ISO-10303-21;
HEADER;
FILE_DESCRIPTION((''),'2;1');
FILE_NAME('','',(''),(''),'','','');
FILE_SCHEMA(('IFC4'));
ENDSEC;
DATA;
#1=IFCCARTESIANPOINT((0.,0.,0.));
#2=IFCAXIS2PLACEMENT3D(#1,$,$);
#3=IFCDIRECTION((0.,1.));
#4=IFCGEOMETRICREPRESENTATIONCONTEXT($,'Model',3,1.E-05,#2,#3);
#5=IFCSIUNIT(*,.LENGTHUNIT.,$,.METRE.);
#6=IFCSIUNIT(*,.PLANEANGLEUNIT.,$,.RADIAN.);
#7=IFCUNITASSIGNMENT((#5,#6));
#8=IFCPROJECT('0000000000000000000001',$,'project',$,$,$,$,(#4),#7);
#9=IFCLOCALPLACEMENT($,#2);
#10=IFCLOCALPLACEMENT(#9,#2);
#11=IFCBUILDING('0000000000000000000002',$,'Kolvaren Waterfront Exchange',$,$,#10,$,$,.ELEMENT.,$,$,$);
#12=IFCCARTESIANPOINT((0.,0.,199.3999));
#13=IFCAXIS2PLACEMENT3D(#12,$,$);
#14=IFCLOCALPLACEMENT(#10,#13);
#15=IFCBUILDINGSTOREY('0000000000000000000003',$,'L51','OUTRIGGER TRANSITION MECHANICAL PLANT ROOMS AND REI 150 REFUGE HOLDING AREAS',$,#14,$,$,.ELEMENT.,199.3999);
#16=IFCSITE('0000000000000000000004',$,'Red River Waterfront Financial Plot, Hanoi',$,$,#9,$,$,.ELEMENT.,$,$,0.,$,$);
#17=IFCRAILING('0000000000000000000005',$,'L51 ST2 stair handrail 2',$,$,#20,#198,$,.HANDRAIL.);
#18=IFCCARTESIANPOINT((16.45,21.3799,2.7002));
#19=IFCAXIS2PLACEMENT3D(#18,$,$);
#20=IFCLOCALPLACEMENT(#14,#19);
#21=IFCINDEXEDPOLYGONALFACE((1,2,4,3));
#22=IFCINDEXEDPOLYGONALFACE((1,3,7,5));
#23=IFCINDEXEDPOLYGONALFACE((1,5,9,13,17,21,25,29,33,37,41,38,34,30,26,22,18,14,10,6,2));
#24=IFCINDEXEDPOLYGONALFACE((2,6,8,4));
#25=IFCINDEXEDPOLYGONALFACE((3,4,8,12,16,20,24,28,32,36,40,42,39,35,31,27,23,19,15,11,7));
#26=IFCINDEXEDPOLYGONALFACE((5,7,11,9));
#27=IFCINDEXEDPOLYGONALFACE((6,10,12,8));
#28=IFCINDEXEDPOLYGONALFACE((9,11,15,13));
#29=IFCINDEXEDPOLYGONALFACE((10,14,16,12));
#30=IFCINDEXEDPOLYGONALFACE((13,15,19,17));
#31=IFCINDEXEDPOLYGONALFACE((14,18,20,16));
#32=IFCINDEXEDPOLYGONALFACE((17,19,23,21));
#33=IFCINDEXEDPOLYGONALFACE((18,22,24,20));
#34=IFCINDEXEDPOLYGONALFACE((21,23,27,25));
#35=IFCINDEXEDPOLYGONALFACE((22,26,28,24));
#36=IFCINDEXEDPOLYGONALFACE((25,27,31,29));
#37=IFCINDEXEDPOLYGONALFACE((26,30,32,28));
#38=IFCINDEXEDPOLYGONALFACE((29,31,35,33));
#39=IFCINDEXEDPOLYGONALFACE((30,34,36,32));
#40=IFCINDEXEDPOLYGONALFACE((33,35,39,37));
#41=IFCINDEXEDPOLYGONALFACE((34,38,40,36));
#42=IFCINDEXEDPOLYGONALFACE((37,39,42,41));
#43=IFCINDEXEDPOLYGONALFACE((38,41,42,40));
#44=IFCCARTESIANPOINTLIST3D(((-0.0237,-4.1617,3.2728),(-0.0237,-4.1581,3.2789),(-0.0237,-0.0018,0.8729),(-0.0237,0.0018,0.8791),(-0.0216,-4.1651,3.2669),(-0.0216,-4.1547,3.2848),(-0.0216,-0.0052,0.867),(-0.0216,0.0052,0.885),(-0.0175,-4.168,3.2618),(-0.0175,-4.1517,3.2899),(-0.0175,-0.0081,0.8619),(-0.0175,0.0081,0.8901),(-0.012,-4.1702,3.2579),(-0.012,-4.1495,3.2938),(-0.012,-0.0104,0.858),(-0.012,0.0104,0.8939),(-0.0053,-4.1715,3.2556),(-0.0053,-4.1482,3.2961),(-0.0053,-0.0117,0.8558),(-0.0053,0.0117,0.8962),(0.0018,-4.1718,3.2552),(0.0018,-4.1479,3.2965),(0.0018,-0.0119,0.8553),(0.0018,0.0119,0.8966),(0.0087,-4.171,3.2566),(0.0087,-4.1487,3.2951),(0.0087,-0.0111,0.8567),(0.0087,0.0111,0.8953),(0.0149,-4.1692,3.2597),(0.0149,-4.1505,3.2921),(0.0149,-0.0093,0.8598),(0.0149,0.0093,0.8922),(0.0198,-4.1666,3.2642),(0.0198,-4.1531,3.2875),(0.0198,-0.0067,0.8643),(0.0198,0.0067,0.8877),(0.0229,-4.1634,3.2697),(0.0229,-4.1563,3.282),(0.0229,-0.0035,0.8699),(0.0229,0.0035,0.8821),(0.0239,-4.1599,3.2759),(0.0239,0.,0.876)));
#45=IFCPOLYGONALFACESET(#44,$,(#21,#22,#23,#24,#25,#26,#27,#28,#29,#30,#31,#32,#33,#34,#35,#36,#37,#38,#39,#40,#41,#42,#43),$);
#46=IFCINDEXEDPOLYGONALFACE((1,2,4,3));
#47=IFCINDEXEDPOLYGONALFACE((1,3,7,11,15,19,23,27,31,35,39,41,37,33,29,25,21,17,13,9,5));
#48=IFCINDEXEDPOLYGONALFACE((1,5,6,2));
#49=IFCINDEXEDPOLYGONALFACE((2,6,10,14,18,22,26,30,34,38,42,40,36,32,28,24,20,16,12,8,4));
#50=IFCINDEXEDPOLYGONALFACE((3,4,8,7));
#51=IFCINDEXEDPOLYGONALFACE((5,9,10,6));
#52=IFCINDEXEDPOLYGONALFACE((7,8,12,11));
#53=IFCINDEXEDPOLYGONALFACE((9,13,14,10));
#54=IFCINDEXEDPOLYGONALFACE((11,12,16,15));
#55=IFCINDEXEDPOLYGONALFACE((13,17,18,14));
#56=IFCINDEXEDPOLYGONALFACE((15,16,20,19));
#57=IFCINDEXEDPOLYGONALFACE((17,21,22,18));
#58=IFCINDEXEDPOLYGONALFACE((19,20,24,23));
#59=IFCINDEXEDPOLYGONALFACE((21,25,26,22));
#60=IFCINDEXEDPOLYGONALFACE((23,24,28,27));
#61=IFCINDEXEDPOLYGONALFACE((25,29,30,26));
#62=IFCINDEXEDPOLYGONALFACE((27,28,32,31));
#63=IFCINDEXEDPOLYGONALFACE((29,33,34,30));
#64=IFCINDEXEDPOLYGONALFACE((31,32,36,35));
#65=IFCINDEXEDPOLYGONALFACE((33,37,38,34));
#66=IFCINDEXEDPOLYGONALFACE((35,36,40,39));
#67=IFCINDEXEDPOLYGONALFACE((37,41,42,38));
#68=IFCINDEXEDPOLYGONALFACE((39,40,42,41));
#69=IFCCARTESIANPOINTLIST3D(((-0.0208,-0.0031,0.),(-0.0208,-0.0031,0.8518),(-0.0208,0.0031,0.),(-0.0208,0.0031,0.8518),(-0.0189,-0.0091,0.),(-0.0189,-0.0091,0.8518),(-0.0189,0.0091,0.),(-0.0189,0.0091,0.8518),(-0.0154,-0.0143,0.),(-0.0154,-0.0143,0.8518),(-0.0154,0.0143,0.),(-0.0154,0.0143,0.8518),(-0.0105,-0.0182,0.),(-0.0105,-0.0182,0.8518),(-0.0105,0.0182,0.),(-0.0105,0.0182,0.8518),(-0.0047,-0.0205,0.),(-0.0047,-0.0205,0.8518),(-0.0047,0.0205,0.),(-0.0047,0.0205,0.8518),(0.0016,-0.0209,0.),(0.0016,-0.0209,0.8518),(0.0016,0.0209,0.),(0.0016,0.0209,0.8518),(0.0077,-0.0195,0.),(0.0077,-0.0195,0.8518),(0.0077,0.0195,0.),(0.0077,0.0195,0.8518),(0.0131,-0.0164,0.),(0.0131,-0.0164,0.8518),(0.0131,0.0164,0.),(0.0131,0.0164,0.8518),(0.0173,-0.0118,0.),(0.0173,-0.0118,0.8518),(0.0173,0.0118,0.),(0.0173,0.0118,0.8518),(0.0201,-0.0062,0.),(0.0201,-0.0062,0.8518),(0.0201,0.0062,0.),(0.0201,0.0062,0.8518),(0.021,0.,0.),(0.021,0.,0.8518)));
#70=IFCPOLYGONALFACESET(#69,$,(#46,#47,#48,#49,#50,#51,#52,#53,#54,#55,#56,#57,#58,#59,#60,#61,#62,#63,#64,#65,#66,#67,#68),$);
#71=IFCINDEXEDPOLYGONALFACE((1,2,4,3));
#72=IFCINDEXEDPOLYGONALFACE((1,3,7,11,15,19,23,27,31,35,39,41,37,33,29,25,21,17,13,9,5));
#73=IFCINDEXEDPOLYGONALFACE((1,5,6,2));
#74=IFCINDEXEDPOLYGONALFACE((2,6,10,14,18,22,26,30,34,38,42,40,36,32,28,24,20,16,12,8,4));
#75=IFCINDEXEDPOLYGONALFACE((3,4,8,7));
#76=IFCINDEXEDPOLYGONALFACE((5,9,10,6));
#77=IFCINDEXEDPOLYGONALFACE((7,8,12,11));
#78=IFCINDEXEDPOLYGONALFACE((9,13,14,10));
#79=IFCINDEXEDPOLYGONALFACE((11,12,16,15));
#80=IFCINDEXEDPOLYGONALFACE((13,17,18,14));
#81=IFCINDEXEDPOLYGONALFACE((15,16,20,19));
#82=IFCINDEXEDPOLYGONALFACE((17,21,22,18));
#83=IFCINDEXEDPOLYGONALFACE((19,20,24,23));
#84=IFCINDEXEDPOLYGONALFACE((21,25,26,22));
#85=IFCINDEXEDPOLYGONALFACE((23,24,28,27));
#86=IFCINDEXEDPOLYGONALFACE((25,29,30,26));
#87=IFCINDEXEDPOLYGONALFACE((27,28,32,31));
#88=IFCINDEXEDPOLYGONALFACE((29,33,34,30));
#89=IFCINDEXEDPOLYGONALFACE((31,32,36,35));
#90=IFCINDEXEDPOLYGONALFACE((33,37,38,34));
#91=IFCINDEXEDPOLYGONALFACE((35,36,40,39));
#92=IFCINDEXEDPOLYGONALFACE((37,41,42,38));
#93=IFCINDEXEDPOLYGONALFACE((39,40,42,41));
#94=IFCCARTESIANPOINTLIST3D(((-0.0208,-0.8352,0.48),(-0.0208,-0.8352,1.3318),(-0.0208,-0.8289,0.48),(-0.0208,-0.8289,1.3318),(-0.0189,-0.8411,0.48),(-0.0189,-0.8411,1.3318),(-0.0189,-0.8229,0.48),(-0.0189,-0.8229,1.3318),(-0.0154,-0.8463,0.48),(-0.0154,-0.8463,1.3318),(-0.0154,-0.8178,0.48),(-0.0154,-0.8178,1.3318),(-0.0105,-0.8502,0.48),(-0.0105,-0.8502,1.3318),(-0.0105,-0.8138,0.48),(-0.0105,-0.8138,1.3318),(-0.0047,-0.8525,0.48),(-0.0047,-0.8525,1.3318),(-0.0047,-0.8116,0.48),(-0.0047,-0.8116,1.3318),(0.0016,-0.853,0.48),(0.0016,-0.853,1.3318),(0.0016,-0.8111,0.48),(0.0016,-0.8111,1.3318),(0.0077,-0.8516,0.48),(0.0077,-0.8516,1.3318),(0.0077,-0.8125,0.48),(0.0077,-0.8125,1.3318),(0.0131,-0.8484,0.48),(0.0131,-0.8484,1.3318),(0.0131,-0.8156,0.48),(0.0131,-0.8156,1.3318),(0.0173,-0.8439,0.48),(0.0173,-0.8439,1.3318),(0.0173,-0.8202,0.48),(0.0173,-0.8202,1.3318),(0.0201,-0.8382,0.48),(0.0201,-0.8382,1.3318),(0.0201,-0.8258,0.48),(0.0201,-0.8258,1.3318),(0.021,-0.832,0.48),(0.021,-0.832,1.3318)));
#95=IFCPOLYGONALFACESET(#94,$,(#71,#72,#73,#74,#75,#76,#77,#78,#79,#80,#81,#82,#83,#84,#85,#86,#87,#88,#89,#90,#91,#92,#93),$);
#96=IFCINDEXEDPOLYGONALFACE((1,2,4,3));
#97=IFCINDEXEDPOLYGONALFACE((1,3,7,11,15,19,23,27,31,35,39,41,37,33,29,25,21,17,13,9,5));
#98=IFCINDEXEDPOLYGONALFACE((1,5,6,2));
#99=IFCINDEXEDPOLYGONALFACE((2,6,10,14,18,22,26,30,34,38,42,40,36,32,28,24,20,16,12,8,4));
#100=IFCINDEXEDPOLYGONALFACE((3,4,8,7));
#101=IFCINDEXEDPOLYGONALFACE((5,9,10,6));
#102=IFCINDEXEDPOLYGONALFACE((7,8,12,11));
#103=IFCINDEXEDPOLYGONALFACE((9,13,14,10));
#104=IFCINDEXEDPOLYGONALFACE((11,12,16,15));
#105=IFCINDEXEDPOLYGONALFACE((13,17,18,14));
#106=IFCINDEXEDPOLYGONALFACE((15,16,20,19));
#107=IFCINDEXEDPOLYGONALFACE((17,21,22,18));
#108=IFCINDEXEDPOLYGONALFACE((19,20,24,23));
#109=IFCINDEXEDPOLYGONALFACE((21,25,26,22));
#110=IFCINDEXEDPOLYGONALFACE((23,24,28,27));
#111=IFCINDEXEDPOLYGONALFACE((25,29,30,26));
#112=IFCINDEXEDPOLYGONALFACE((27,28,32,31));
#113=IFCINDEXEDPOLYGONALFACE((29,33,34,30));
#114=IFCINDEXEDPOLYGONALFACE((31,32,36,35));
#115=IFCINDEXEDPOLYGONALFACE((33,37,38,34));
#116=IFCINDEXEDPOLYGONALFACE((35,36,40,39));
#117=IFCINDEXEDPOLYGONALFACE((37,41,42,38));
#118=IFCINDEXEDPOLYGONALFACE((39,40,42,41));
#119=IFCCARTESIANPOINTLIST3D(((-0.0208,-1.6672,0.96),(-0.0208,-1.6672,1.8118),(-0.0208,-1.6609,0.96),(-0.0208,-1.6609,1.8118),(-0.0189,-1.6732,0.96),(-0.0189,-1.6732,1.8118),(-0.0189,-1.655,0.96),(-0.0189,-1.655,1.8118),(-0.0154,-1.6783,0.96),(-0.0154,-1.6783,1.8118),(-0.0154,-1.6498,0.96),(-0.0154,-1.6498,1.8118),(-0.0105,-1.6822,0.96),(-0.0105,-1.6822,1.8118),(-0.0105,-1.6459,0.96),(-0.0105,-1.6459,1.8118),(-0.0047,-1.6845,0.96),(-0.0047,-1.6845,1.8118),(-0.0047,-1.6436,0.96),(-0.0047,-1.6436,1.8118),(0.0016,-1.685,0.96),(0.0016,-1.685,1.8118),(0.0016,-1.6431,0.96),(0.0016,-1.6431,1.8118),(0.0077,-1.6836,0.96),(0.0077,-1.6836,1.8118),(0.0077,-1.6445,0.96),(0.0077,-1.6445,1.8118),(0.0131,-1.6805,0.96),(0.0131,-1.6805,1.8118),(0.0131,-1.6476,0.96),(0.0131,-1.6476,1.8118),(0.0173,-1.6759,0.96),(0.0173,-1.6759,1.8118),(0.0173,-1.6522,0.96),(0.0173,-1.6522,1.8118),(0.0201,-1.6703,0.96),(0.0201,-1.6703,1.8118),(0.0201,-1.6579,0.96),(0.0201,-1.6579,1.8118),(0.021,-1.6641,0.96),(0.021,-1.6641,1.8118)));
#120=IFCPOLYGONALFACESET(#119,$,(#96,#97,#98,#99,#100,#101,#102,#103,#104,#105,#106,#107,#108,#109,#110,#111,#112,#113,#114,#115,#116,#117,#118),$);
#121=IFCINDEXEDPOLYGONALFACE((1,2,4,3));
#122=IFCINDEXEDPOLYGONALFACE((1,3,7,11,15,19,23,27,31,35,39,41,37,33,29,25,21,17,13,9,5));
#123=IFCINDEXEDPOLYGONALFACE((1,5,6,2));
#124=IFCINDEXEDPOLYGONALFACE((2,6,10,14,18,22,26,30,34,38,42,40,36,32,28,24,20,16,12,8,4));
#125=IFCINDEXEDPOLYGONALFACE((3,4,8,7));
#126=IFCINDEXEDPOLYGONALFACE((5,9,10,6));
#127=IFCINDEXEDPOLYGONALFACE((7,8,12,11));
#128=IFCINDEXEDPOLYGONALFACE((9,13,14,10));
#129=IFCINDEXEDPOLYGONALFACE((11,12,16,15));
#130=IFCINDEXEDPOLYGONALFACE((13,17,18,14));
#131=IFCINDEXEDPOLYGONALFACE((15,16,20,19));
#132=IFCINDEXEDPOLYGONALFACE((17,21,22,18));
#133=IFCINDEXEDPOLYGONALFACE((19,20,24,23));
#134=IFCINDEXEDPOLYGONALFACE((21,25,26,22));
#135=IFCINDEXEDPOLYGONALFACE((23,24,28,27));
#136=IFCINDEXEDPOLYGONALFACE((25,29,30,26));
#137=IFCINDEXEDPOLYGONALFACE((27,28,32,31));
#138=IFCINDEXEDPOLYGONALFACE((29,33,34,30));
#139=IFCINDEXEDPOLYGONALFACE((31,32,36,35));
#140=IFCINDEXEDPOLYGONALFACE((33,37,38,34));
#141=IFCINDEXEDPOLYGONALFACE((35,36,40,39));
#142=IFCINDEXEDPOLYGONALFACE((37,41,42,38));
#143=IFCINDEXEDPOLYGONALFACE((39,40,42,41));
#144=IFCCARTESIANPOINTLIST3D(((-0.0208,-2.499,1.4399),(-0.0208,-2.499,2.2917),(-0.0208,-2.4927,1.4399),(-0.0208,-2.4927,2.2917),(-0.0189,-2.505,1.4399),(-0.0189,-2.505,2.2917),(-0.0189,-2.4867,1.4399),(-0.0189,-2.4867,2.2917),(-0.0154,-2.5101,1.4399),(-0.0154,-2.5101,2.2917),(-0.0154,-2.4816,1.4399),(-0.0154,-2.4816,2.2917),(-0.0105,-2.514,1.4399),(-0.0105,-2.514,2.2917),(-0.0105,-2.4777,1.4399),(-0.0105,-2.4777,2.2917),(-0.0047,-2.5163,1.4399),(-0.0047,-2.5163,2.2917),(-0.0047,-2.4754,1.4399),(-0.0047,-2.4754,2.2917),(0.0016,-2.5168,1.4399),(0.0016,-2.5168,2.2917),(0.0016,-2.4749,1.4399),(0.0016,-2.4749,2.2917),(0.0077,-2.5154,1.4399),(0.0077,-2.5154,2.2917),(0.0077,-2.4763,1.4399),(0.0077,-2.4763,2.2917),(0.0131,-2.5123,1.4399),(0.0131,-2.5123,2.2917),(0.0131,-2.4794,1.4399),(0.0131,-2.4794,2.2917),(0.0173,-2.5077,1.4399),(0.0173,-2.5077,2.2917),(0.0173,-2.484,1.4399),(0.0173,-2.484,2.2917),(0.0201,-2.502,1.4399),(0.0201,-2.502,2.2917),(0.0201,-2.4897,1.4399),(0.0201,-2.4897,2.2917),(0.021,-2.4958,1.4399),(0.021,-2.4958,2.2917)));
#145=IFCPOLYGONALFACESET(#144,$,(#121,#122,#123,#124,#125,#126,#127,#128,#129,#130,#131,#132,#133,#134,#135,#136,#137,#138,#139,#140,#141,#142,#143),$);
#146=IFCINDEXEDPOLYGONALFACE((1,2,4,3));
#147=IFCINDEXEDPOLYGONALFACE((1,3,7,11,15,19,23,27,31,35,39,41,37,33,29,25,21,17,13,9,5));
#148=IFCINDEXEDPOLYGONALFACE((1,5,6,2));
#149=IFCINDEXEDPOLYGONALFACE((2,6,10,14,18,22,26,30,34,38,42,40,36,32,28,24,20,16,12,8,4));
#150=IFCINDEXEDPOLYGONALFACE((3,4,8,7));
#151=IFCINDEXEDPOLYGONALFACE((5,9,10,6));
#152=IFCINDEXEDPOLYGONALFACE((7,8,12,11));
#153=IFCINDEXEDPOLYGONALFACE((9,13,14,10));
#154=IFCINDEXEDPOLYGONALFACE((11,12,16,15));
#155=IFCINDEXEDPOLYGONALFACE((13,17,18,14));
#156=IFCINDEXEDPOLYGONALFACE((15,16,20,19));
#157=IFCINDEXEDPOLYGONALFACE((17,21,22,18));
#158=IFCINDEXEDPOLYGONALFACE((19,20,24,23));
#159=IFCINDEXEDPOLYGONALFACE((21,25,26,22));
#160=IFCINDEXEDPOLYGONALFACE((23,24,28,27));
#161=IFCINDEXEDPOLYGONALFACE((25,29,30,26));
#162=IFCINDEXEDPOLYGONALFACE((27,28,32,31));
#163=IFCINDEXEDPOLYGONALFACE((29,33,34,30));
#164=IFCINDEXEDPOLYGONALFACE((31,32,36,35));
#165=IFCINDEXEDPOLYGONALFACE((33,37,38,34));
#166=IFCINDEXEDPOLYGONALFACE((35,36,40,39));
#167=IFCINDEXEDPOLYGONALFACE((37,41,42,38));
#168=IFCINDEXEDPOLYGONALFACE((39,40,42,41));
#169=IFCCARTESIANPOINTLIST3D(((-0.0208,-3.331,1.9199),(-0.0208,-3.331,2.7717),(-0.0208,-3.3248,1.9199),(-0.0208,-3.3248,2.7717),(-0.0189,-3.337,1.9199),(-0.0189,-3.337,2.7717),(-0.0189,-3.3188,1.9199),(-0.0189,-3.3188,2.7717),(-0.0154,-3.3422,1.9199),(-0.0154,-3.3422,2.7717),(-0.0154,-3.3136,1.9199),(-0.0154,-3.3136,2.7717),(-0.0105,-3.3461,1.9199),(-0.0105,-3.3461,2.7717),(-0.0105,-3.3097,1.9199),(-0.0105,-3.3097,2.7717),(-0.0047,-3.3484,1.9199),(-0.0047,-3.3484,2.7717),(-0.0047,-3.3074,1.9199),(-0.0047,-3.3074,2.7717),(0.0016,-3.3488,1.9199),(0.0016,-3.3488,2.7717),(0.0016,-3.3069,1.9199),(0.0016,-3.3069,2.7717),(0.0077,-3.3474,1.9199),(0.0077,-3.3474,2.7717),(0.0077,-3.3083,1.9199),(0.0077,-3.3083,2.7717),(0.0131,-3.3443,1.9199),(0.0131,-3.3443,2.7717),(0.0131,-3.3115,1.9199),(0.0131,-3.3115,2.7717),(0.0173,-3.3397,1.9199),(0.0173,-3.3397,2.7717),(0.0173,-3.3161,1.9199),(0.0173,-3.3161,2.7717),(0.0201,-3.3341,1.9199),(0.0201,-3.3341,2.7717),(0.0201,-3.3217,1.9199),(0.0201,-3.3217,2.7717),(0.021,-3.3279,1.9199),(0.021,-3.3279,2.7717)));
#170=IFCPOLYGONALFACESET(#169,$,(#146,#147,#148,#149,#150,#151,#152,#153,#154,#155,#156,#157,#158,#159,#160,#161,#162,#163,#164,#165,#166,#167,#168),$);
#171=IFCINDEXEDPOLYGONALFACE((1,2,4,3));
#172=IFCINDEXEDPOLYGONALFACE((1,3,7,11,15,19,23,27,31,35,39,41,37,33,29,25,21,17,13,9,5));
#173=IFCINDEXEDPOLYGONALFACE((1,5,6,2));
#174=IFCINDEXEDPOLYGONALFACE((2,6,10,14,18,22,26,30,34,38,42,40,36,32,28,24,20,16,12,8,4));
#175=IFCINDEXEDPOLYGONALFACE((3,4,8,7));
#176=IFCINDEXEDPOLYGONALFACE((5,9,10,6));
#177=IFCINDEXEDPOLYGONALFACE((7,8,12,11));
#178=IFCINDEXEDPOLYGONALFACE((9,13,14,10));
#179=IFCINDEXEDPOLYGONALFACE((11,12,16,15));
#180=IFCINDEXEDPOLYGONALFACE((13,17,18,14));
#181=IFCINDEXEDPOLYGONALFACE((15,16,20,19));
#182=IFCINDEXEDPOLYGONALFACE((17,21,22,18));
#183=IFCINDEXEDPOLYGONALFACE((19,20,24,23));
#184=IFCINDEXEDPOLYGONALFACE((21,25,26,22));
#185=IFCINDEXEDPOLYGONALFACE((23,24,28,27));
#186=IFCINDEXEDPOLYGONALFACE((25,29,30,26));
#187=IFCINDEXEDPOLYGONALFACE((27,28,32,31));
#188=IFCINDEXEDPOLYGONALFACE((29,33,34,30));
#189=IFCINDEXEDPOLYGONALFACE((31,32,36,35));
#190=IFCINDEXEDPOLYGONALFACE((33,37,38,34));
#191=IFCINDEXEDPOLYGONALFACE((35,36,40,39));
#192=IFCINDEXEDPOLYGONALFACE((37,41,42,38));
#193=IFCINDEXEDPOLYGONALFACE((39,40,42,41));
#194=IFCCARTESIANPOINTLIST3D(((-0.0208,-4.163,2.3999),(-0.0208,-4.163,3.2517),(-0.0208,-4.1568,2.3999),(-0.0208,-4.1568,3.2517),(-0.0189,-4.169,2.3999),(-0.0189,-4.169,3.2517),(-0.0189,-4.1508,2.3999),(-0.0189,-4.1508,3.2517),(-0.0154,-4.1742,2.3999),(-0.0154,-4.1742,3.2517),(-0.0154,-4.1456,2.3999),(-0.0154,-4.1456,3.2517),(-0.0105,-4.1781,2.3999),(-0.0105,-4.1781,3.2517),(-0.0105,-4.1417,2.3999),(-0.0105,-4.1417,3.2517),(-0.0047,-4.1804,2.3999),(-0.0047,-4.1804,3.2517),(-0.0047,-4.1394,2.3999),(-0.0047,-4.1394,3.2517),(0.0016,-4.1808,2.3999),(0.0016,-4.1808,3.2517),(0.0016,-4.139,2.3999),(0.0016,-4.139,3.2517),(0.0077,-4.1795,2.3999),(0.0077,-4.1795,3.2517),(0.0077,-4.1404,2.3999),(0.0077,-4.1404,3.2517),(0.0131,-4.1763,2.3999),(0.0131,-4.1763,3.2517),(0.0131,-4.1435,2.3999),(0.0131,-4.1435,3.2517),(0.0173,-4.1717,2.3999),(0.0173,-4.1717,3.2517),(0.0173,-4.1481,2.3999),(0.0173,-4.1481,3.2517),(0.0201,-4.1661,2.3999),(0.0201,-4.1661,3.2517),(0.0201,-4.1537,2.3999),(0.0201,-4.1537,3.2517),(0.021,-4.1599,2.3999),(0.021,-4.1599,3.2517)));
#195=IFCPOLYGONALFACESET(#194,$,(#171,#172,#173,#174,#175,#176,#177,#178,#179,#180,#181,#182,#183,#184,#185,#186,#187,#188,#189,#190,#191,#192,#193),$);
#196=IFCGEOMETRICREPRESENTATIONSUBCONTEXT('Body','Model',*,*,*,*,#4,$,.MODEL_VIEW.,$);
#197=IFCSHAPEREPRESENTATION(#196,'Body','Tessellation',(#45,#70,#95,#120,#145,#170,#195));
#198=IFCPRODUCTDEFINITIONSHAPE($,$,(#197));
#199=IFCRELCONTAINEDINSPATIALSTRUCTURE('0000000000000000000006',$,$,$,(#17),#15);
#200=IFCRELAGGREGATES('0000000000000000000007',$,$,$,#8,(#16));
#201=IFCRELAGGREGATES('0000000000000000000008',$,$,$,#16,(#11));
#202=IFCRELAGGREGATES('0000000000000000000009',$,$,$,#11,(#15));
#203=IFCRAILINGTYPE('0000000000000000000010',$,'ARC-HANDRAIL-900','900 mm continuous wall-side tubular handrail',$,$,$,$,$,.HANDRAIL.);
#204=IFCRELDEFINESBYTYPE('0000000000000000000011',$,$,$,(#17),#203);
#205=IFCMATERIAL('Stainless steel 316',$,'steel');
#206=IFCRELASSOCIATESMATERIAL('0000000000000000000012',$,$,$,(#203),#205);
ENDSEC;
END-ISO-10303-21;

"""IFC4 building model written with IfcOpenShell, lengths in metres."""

from ifc_helpers import new_model, si_unit, direction, frame, origin, origin_2d, place, context, subcontext, project, spatial, circle, extrude, material, type_object, element, save


model = new_model("IFC4")

# Units and contexts
model_context = context("Model", 3, precision=1e-05, world=origin(), true_north=direction((0.0, 1.0)))
body_context = subcontext(model_context, "Body", "Model", "MODEL_VIEW")
ifc_project = project(units=[si_unit("LENGTHUNIT", "METRE"), si_unit("PLANEANGLEUNIT", "RADIAN")], contexts=[model_context])

# Site, building, storey
site_placement = place(None, origin())
site = spatial("IfcSite", under=ifc_project, at=site_placement, Name="Red River Waterfront Financial Plot, Hanoi", CompositionType="ELEMENT", RefElevation=0.0)
building_placement = place(site_placement, origin())
building = spatial("IfcBuilding", under=site, at=building_placement, Name="Kolvaren Waterfront Exchange", CompositionType="ELEMENT")
storey_placement = place(building_placement, frame((0.0, 0.0, 199.3999)))
storey = spatial("IfcBuildingStorey", under=building, at=storey_placement, Name="L51", Description="OUTRIGGER TRANSITION MECHANICAL PLANT ROOMS AND REI 150 REFUGE HOLDING AREAS", CompositionType="ELEMENT", Elevation=199.3999)

# Railing
ifc_material_1 = material(Name="Stainless steel 316", Category="steel")
railing_type_1 = type_object("IfcRailingType", Name="ARC-HANDRAIL-900", Description="900 mm continuous wall-side tubular handrail", PredefinedType="HANDRAIL", material=ifc_material_1)
railing_1_placement = place(storey_placement, frame((16.45, 21.3799, 2.7002)))
element("IfcRailing", 1, at=railing_1_placement, inside=storey, type_object=railing_type_1, Name="L51 ST2 stair handrail 2", PredefinedType="HANDRAIL", context=body_context, shape_type="SweptSolid", body=[
    extrude(circle(Radius=0.0239, at=origin_2d()), frame((0.0, 0.0, 0.876), z_axis=(0.0, -0.86619, 0.499715), x_axis=(1.0, 0.0, 0.0)), (0.0, 0.0, 1.0), 4.8025),
    extrude(circle(Radius=0.021, at=origin_2d()), origin(), (0.0, 0.0, 1.0), 0.8518),
    extrude(circle(Radius=0.021, at=origin_2d()), frame((0.0, -0.832, 0.48)), (0.0, 0.0, 1.0), 0.8518),
    extrude(circle(Radius=0.021, at=origin_2d()), frame((0.0, -1.6641, 0.96)), (0.0, 0.0, 1.0), 0.8518),
    extrude(circle(Radius=0.021, at=origin_2d()), frame((0.0, -2.4958, 1.4399)), (0.0, 0.0, 1.0), 0.8518),
    extrude(circle(Radius=0.021, at=origin_2d()), frame((0.0, -3.3279, 1.9199)), (0.0, 0.0, 1.0), 0.8518),
    extrude(circle(Radius=0.021, at=origin_2d()), frame((0.0, -4.1599, 2.3999)), (0.0, 0.0, 1.0), 0.8518),
])

save(model, "model.ifc")
